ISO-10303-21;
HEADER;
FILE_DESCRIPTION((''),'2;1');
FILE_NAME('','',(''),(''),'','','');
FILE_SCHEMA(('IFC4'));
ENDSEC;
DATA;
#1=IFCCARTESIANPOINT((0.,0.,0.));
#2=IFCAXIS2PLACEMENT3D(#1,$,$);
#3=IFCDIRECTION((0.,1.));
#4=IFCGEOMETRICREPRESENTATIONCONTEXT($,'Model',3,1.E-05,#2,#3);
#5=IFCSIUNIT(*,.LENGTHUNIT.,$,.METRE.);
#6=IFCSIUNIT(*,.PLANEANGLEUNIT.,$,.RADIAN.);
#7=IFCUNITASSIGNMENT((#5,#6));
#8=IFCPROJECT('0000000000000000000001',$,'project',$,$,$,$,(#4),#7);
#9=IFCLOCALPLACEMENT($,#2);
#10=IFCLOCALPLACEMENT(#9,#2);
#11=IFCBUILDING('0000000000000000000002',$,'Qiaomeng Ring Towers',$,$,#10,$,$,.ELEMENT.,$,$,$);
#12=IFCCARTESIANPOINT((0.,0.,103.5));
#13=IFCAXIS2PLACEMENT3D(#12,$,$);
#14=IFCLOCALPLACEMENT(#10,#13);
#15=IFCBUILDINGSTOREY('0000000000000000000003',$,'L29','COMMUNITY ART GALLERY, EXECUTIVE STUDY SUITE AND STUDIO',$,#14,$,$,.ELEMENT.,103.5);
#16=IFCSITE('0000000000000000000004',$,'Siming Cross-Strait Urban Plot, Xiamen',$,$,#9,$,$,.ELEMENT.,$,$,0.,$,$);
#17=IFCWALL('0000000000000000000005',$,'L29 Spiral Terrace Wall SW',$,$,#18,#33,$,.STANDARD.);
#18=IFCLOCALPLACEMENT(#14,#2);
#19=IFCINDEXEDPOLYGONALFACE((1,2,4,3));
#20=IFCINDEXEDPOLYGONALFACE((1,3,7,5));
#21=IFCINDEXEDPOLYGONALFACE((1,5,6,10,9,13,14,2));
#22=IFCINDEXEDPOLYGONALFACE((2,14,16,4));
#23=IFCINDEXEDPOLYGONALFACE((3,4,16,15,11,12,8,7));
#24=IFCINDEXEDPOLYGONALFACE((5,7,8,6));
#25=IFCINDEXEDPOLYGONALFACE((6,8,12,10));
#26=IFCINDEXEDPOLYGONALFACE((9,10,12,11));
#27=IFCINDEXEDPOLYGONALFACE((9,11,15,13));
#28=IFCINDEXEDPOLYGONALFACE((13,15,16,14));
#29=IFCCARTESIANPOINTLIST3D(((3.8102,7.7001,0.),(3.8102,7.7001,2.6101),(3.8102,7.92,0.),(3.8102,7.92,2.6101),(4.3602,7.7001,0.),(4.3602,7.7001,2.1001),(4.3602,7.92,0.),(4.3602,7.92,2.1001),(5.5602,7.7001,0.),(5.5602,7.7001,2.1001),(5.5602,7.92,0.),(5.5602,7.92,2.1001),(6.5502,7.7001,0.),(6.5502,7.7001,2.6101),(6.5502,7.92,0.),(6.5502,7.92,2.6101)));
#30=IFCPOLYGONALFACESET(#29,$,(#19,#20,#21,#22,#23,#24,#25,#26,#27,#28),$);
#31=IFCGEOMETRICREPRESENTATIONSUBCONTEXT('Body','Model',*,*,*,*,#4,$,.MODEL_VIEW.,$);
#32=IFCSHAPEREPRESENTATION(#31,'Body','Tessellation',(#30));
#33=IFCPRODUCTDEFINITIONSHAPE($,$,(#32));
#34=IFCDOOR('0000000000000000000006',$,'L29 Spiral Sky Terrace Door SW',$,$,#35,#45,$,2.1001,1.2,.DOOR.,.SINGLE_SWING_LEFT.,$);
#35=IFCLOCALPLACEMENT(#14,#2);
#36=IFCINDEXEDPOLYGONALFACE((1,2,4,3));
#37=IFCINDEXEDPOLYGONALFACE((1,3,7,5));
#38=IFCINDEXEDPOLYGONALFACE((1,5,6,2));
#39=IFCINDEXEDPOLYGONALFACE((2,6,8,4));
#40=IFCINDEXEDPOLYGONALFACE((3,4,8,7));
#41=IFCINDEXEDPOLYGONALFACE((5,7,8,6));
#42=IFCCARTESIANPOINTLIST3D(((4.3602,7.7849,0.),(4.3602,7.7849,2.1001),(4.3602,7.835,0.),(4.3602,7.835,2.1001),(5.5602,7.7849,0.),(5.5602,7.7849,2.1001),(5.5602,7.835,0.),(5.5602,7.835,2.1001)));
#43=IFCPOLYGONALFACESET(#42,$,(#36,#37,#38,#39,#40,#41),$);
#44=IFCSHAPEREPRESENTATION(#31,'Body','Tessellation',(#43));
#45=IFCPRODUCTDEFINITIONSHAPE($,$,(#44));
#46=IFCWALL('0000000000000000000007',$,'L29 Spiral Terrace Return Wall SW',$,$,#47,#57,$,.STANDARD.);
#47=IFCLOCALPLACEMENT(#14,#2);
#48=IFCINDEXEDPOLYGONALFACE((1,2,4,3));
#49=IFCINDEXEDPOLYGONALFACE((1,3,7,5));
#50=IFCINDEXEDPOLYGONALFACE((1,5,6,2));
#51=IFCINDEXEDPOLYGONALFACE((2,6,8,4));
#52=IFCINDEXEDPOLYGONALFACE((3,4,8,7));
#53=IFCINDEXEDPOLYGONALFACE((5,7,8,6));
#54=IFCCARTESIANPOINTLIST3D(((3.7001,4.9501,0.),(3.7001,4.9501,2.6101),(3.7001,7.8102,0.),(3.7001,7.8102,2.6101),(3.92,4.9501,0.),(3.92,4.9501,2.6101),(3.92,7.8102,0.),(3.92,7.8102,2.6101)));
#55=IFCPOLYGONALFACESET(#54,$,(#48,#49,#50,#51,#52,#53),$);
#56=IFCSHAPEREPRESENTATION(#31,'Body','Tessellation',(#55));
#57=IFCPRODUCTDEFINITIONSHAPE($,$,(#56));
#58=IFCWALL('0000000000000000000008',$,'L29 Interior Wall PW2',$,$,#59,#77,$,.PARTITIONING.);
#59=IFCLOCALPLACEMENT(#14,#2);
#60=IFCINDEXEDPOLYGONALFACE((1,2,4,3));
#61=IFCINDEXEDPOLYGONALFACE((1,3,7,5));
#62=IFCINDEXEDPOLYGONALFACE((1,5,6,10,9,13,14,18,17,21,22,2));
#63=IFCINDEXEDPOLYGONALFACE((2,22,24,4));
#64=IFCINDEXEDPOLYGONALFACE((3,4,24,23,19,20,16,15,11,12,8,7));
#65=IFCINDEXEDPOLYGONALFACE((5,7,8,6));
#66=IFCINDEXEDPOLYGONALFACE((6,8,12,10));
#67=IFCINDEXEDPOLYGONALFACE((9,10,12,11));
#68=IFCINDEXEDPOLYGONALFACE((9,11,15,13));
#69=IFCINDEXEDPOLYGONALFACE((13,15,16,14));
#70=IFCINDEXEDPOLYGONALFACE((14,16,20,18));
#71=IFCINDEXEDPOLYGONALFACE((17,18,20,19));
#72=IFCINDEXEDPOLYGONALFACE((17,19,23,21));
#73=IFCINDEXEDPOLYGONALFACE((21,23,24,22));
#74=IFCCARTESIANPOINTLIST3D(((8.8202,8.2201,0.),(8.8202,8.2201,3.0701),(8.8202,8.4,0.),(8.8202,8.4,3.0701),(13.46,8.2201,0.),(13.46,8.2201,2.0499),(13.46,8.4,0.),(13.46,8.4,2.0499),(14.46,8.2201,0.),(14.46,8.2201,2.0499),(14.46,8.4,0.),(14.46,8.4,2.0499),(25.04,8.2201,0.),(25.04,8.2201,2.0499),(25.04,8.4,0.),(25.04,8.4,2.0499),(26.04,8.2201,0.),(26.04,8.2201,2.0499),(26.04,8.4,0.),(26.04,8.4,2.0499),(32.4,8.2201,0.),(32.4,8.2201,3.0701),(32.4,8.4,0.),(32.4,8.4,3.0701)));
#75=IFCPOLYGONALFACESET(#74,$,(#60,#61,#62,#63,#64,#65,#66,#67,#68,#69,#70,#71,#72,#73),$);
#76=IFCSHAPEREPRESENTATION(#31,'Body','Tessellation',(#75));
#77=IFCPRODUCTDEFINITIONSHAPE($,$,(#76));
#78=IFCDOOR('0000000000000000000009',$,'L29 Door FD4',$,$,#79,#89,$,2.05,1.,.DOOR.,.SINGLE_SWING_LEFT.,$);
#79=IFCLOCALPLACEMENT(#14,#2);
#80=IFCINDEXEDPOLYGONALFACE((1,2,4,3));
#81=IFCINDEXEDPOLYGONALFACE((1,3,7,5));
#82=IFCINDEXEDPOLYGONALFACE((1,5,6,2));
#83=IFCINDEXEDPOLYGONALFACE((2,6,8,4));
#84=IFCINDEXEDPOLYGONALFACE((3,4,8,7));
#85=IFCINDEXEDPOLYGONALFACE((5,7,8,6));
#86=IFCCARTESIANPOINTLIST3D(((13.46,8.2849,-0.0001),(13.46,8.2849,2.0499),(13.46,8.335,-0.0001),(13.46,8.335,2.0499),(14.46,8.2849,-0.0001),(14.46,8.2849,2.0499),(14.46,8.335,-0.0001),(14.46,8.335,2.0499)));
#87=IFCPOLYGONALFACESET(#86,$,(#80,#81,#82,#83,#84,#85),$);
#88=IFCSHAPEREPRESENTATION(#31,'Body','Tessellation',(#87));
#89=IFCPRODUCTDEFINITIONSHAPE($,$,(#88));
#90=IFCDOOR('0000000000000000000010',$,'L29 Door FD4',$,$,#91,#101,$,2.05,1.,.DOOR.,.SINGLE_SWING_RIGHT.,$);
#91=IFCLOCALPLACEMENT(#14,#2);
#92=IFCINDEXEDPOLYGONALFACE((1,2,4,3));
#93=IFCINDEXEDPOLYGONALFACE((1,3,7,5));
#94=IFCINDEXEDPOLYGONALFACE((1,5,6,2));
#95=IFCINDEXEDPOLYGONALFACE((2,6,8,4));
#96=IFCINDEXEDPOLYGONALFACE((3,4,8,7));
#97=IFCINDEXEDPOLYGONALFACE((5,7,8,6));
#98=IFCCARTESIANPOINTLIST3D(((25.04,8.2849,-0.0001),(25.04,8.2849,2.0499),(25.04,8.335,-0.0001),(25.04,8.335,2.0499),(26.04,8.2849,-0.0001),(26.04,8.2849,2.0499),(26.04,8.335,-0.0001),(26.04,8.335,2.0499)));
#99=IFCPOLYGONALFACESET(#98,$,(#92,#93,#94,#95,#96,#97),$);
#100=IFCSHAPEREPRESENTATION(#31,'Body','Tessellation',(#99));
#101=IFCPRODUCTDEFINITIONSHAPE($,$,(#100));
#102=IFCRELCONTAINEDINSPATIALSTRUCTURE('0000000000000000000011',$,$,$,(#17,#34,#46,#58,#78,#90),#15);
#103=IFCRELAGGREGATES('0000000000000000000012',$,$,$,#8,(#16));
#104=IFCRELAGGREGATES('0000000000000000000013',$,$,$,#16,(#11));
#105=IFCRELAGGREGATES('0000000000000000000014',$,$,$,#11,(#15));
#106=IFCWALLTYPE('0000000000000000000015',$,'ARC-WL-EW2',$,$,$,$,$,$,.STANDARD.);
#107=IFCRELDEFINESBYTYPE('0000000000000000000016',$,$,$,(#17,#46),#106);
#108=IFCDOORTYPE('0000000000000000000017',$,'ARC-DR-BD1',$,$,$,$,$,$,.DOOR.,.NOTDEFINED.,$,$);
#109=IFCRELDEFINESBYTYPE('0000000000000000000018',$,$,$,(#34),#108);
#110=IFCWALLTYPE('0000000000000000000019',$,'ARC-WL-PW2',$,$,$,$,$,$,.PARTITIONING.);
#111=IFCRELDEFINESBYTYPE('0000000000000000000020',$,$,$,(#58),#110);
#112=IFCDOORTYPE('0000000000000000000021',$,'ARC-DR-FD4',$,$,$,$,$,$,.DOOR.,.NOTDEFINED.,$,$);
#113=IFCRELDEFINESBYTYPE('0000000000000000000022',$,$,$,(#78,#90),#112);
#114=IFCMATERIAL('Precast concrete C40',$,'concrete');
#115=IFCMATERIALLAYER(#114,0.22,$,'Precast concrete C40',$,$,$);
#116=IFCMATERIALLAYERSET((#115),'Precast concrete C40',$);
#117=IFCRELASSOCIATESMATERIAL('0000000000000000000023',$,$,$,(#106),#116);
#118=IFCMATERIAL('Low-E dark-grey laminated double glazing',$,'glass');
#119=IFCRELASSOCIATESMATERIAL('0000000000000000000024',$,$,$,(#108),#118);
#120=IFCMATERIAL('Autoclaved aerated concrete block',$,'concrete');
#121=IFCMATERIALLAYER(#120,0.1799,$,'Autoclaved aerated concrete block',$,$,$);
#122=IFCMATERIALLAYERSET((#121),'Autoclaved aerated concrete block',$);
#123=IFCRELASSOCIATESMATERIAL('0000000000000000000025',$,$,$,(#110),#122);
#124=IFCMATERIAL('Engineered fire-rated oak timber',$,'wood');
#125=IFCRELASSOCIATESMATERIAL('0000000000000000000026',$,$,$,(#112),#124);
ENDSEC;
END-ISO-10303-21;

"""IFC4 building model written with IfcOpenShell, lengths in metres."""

from ifc_helpers import new_model, si_unit, direction, frame, frame_2d, origin, place, context, subcontext, project, spatial, rectangle, extrude, source, transform, mapped, material, layer, layer_set, type_object, element, fill, save


model = new_model("IFC4")

# Units and contexts
model_context = context("Model", 3, precision=1e-05, world=origin(), true_north=direction((0.0, 1.0)))
body_context = subcontext(model_context, "Body", "Model", "MODEL_VIEW")
ifc_project = project(units=[si_unit("LENGTHUNIT", "METRE"), si_unit("PLANEANGLEUNIT", "RADIAN")], contexts=[model_context])

# Site, building, storey
site_placement = place(None, origin())
site = spatial("IfcSite", under=ifc_project, at=site_placement, Name="Siming Cross-Strait Urban Plot, Xiamen", CompositionType="ELEMENT", RefElevation=0.0)
building_placement = place(site_placement, origin())
building = spatial("IfcBuilding", under=site, at=building_placement, Name="Qiaomeng Ring Towers", CompositionType="ELEMENT")
storey_placement = place(building_placement, frame((0.0, 0.0, 103.5)))
storey = spatial("IfcBuildingStorey", under=building, at=storey_placement, Name="L29", Description="COMMUNITY ART GALLERY, EXECUTIVE STUDY SUITE AND STUDIO", CompositionType="ELEMENT", Elevation=103.5)

# Shared definitions
ifc_material_1 = material(Name="Precast concrete C40", Category="concrete")

# Shared definitions
ifc_layer_1 = layer(ifc_material_1, 0.22, Name="Precast concrete C40")
ifc_layer_set_1 = layer_set([ifc_layer_1], Name="Precast concrete C40")
wall_type_1 = type_object("IfcWallType", Name="ARC-WL-EW2", PredefinedType="STANDARD", material=ifc_layer_set_1)
ifc_material_2 = material(Name="Low-E dark-grey laminated double glazing", Category="glass")
door_type_1 = type_object("IfcDoorType", Name="ARC-DR-BD1", OperationType="NOTDEFINED", PredefinedType="DOOR", material=ifc_material_2)
shared_shape_1 = source(origin(), body_context, "Body", "SweptSolid", [
    extrude(rectangle(XDim=1.2, YDim=2.1001, at=frame_2d((0.6001, 1.05))), frame((0.0, 0.0249, 0.0), z_axis=(0.0, -1.0, 0.0), x_axis=(1.0, 0.0, 0.0)), (0.0, 0.0, 1.0), 0.05),
])

# Wall, opening, door
wall_1_placement = place(storey_placement, frame((3.8101, 7.8101, 0.0), z_axis=(0.0, 0.0, 1.0), x_axis=(1.0, 0.0, 0.0)))
wall_1 = element("IfcWall", 1, at=wall_1_placement, inside=storey, type_object=wall_type_1, Name="L29 Spiral Terrace Wall SW", PredefinedType="STANDARD", context=body_context, shape_type="SweptSolid", body=[
    extrude(rectangle(XDim=2.74, YDim=0.22, at=frame_2d((1.3701, 0.0))), origin(), (0.0, 0.0, 1.0), 2.6101),
])
opening_1_placement = place(wall_1_placement, frame((0.55, 0.0, 0.0)))
opening_1 = element("IfcOpeningElement", 2, at=opening_1_placement, cuts=wall_1, PredefinedType="OPENING", context=body_context, shape_type="SweptSolid", body=[
    extrude(rectangle(XDim=1.2, YDim=2.1001, at=frame_2d((0.6001, 1.05))), frame((0.0, 0.1199, 0.0), z_axis=(0.0, -1.0, 0.0), x_axis=(1.0, 0.0, 0.0)), (0.0, 0.0, 1.0), 0.24),
])
door_1_placement = place(opening_1_placement, origin())
door_1 = element("IfcDoor", 3, at=door_1_placement, inside=storey, type_object=door_type_1, Name="L29 Spiral Sky Terrace Door SW", OperationType="SINGLE_SWING_LEFT", OverallHeight=2.1001, OverallWidth=1.2, PredefinedType="DOOR", context=body_context, shape_type="MappedRepresentation", body=[
    mapped(shared_shape_1, transform((0.0, 0.0, 0.0), x_axis=(1.0, 0.0, 0.0), y_axis=(0.0, 1.0, 0.0), z_axis=(0.0, 0.0, 1.0), scale=1.0)),
])
fill(opening_1, door_1)

# Wall
wall_2_placement = place(storey_placement, frame((3.8101, 4.95, 0.0), z_axis=(0.0, 0.0, 1.0), x_axis=(0.0, 1.0, 0.0)))
element("IfcWall", 4, at=wall_2_placement, inside=storey, type_object=wall_type_1, Name="L29 Spiral Terrace Return Wall SW", PredefinedType="STANDARD", context=body_context, shape_type="SweptSolid", body=[
    extrude(rectangle(XDim=2.8601, YDim=0.22, at=frame_2d((1.4302, 0.0))), origin(), (0.0, 0.0, 1.0), 2.6101),
])

# Wall, openings, doors
ifc_material_3 = material(Name="Autoclaved aerated concrete block", Category="concrete")
ifc_layer_2 = layer(ifc_material_3, 0.1799, Name="Autoclaved aerated concrete block")
ifc_layer_set_2 = layer_set([ifc_layer_2], Name="Autoclaved aerated concrete block")
wall_type_2 = type_object("IfcWallType", Name="ARC-WL-PW2", PredefinedType="PARTITIONING", material=ifc_layer_set_2)
wall_3_placement = place(storey_placement, frame((8.8201, 8.3101, 0.0), z_axis=(0.0, 0.0, 1.0), x_axis=(1.0, 0.0, 0.0)))
wall_3 = element("IfcWall", 5, at=wall_3_placement, inside=storey, type_object=wall_type_2, Name="L29 Interior Wall PW2", PredefinedType="PARTITIONING", context=body_context, shape_type="SweptSolid", body=[
    extrude(rectangle(XDim=23.5798, YDim=0.1799, at=frame_2d((11.79, 0.0))), origin(), (0.0, 0.0, 1.0), 3.0701),
])
opening_2_placement = place(wall_3_placement, frame((4.6399, 0.0, 0.0)))
opening_2 = element("IfcOpeningElement", 6, at=opening_2_placement, cuts=wall_3, PredefinedType="OPENING", context=body_context, shape_type="SweptSolid", body=[
    extrude(rectangle(XDim=1.0, YDim=2.05, at=frame_2d((0.5, 1.0249))), frame((0.0, 0.0999, 0.0), z_axis=(0.0, -1.0, 0.0), x_axis=(1.0, 0.0, 0.0)), (0.0, 0.0, 1.0), 0.2),
])
opening_3_placement = place(wall_3_placement, frame((16.22, 0.0, 0.0)))
opening_3 = element("IfcOpeningElement", 7, at=opening_3_placement, cuts=wall_3, PredefinedType="OPENING", context=body_context, shape_type="SweptSolid", body=[
    extrude(rectangle(XDim=1.0, YDim=2.05, at=frame_2d((0.5, 1.0249))), frame((0.0, 0.0999, 0.0), z_axis=(0.0, -1.0, 0.0), x_axis=(1.0, 0.0, 0.0)), (0.0, 0.0, 1.0), 0.2),
])
ifc_material_4 = material(Name="Engineered fire-rated oak timber", Category="wood")
door_type_2 = type_object("IfcDoorType", Name="ARC-DR-FD4", OperationType="NOTDEFINED", PredefinedType="DOOR", material=ifc_material_4)
shared_shape_2 = source(origin(), body_context, "Body", "SweptSolid", [
    extrude(rectangle(XDim=1.0, YDim=2.05, at=frame_2d((0.5, 1.0249))), frame((0.0, 0.0249, 0.0), z_axis=(0.0, -1.0, 0.0), x_axis=(1.0, 0.0, 0.0)), (0.0, 0.0, 1.0), 0.05),
])
door_2_placement = place(opening_2_placement, origin())
door_2 = element("IfcDoor", 8, at=door_2_placement, inside=storey, type_object=door_type_2, Name="L29 Door FD4", OperationType="SINGLE_SWING_LEFT", OverallHeight=2.05, OverallWidth=1.0, PredefinedType="DOOR", context=body_context, shape_type="MappedRepresentation", body=[
    mapped(shared_shape_2, transform((0.0, 0.0, 0.0), x_axis=(1.0, 0.0, 0.0), y_axis=(0.0, 1.0, 0.0), z_axis=(0.0, 0.0, 1.0), scale=1.0)),
])
fill(opening_2, door_2)
door_3_placement = place(opening_3_placement, origin())
door_3 = element("IfcDoor", 9, at=door_3_placement, inside=storey, type_object=door_type_2, Name="L29 Door FD4", OperationType="SINGLE_SWING_RIGHT", OverallHeight=2.05, OverallWidth=1.0, PredefinedType="DOOR", context=body_context, shape_type="MappedRepresentation", body=[
    mapped(shared_shape_2, transform((0.0, 0.0, 0.0), x_axis=(1.0, 0.0, 0.0), y_axis=(0.0, 1.0, 0.0), z_axis=(0.0, 0.0, 1.0), scale=1.0)),
])
fill(opening_3, door_3)

save(model, "model.ifc")
